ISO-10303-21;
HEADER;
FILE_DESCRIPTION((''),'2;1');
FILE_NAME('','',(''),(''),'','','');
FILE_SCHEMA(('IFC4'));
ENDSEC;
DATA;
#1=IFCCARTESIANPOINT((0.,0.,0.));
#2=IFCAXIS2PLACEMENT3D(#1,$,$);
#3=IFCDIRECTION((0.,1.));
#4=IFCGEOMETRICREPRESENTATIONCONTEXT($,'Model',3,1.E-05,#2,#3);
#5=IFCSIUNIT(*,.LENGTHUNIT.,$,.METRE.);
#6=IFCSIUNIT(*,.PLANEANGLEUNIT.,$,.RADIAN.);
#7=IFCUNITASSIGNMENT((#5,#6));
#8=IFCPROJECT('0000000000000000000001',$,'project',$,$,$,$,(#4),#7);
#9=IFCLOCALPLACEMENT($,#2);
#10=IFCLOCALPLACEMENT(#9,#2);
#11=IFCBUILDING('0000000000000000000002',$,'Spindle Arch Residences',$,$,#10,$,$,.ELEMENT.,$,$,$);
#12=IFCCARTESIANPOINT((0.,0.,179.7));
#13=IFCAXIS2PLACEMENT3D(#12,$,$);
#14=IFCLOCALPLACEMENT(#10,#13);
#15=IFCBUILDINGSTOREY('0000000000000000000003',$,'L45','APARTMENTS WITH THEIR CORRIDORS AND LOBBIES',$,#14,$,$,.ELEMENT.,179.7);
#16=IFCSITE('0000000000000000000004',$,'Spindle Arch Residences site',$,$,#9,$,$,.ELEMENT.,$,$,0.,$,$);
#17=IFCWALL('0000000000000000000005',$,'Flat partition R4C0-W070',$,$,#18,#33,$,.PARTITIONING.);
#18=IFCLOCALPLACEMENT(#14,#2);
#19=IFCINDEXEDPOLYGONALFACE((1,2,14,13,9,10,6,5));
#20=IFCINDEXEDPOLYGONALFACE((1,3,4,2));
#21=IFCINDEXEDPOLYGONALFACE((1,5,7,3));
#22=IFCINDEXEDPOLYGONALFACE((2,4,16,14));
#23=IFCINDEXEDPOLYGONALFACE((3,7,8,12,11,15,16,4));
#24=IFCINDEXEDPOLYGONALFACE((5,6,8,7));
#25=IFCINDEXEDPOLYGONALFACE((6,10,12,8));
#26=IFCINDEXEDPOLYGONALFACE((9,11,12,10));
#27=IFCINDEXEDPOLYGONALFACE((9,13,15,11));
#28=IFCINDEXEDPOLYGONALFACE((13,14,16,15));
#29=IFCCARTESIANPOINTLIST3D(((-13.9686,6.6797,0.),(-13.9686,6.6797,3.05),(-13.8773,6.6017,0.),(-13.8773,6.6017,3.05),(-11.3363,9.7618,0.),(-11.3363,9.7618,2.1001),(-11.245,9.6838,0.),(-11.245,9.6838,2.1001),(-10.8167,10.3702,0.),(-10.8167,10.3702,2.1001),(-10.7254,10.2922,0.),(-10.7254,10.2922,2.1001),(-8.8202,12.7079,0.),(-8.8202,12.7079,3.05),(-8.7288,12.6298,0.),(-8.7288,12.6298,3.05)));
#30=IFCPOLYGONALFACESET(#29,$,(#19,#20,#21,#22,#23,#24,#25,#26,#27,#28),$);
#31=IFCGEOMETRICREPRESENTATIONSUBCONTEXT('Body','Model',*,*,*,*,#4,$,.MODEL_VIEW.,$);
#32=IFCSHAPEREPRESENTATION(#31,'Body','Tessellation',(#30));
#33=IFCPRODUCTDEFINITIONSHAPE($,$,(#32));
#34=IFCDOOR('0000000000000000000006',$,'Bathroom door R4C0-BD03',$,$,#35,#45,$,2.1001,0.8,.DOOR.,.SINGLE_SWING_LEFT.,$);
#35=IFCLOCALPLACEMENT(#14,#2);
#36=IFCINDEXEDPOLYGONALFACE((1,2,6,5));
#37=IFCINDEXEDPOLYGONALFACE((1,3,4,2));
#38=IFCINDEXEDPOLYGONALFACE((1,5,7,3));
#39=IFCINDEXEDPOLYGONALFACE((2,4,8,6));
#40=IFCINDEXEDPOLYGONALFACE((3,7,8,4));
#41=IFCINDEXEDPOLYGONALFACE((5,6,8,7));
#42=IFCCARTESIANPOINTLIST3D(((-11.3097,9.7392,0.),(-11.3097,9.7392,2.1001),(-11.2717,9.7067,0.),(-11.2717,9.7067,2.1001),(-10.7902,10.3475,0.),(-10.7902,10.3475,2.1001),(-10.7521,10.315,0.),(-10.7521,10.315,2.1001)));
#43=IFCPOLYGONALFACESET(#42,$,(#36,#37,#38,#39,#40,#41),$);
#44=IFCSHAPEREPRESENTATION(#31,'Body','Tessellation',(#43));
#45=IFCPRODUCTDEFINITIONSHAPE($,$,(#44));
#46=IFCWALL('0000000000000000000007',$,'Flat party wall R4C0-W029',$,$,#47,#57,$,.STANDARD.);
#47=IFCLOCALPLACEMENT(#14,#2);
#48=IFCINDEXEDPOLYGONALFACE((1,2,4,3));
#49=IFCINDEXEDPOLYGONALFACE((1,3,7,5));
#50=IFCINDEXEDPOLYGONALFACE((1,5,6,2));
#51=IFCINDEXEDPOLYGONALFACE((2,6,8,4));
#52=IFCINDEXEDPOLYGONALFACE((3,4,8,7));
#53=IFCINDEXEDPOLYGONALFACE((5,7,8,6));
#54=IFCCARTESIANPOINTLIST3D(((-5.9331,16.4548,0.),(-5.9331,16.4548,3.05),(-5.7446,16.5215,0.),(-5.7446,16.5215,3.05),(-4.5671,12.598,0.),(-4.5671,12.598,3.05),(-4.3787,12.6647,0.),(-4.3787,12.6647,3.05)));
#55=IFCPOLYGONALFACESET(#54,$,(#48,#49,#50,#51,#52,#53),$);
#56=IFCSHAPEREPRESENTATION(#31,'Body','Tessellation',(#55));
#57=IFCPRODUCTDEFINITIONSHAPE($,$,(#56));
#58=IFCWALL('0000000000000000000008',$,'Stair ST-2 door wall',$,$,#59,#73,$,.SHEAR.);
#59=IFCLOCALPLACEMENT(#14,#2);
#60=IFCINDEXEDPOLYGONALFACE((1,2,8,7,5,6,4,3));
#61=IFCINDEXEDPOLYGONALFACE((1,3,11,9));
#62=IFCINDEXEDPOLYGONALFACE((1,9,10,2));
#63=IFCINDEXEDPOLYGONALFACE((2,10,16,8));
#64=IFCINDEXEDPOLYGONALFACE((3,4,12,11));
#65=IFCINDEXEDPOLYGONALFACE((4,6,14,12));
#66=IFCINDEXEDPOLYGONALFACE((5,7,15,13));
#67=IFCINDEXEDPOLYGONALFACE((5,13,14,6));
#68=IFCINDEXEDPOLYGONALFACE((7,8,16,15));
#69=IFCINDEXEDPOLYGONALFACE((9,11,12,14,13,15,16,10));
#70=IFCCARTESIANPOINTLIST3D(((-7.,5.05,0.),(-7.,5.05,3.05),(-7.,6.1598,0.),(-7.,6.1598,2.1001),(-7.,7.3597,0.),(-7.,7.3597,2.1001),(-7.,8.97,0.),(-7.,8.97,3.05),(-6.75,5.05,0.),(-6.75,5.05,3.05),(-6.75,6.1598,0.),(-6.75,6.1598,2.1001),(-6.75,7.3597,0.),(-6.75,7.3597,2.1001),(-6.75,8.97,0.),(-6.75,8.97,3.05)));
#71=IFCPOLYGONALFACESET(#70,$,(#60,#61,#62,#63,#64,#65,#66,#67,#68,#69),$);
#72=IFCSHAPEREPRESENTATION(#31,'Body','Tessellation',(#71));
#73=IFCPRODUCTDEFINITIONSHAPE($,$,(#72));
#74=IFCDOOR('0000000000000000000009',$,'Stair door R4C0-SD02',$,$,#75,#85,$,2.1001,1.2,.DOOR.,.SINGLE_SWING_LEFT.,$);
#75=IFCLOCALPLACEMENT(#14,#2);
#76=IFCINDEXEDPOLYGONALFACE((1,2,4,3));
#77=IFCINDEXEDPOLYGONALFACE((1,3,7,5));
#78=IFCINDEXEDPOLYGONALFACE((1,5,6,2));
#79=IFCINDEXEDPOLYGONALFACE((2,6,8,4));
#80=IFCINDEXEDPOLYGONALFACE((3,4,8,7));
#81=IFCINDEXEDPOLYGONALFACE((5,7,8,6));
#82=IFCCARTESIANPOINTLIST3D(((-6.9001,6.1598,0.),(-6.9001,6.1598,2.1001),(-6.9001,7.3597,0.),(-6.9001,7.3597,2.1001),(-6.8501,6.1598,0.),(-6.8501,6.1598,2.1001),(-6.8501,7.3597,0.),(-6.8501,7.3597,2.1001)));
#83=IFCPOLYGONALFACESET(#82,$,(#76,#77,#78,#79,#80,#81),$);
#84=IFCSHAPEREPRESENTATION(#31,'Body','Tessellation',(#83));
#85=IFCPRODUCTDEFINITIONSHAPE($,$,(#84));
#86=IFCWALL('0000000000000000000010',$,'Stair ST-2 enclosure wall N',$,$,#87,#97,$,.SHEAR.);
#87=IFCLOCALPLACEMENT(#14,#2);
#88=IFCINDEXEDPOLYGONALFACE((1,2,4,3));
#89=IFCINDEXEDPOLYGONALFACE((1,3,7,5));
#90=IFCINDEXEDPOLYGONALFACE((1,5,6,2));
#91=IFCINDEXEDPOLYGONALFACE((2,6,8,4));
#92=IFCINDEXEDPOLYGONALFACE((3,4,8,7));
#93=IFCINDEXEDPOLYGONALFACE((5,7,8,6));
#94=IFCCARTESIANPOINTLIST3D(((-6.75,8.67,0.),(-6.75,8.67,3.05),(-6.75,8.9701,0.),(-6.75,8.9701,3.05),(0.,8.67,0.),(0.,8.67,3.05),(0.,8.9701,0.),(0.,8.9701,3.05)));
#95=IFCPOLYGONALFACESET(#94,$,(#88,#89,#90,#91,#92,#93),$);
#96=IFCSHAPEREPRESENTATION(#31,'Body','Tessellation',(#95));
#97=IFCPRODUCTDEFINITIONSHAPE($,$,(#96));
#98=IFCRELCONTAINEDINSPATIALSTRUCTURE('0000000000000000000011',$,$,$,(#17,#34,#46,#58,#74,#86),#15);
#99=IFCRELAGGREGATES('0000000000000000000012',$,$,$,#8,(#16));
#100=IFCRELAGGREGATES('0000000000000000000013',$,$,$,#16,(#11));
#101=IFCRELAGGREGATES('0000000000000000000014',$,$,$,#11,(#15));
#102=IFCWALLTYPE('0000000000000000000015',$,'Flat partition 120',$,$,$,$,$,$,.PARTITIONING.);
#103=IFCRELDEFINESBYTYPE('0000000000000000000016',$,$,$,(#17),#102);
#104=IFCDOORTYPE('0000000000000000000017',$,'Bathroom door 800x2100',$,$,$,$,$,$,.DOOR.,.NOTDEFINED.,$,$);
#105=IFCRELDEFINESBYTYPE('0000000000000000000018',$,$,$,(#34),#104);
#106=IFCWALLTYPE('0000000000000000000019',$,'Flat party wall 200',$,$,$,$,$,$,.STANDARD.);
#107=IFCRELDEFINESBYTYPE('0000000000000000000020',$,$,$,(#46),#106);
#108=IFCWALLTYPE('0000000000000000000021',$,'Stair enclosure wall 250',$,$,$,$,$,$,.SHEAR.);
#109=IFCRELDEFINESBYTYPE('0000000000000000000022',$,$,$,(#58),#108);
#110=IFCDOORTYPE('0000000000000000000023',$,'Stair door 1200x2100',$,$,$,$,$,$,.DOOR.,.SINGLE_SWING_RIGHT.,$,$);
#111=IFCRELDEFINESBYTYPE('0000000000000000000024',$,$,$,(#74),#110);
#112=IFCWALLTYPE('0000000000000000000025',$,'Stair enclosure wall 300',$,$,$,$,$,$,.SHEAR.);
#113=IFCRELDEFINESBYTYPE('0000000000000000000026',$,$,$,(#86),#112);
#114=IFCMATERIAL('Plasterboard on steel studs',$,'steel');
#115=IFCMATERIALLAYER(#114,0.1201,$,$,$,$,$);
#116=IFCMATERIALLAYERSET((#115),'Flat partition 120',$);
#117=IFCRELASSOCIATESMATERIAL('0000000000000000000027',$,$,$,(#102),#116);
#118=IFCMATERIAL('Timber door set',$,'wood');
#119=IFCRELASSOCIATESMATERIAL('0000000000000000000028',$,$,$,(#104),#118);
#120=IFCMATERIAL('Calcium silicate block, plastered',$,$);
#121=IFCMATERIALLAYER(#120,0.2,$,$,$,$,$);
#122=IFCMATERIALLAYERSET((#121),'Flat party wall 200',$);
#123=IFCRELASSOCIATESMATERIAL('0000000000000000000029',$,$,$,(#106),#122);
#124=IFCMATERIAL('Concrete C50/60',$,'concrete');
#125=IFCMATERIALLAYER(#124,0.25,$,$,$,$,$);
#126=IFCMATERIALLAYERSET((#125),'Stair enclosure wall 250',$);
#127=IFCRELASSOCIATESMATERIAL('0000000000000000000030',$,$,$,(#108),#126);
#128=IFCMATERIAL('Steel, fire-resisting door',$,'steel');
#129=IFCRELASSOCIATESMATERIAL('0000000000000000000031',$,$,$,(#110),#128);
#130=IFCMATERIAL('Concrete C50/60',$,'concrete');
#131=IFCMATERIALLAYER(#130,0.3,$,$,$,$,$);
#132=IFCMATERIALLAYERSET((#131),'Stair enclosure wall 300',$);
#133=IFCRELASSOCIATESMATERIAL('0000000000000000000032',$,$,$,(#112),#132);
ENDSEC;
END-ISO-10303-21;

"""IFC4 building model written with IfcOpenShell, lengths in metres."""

from ifc_helpers import new_model, si_unit, direction, frame, frame_2d, origin, place, context, subcontext, project, spatial, rectangle, extrude, material, layer, layer_set, type_object, element, fill, save


model = new_model("IFC4")

# Units and contexts
model_context = context("Model", 3, precision=1e-05, world=origin(), true_north=direction((0.0, 1.0)))
body_context = subcontext(model_context, "Body", "Model", "MODEL_VIEW")
ifc_project = project(units=[si_unit("LENGTHUNIT", "METRE"), si_unit("PLANEANGLEUNIT", "RADIAN")], contexts=[model_context])

# Site, building, storey
site_placement = place(None, origin())
site = spatial("IfcSite", under=ifc_project, at=site_placement, Name="Spindle Arch Residences site", CompositionType="ELEMENT", RefElevation=0.0)
building_placement = place(site_placement, origin())
building = spatial("IfcBuilding", under=site, at=building_placement, Name="Spindle Arch Residences", CompositionType="ELEMENT")
storey_placement = place(building_placement, frame((0.0, 0.0, 179.7)))
storey = spatial("IfcBuildingStorey", under=building, at=storey_placement, Name="L45", Description="APARTMENTS WITH THEIR CORRIDORS AND LOBBIES", CompositionType="ELEMENT", Elevation=179.7)

# Shared definitions
ifc_material_1 = material(Name="Plasterboard on steel studs", Category="steel")
ifc_layer_1 = layer(ifc_material_1, 0.1201)
ifc_layer_set_1 = layer_set([ifc_layer_1], Name="Flat partition 120")
wall_type_1 = type_object("IfcWallType", Name="Flat partition 120", PredefinedType="PARTITIONING", material=ifc_layer_set_1)

# Wall, opening, door
wall_1_placement = place(storey_placement, frame((-8.7744, 12.6689, 0.0), z_axis=(0.0, 0.0, 1.0), x_axis=(-0.649446, -0.760408, 0.0)))
wall_1 = element("IfcWall", 1, at=wall_1_placement, inside=storey, type_object=wall_type_1, Name="Flat partition R4C0-W070", PredefinedType="PARTITIONING", context=body_context, shape_type="SweptSolid", body=[
    extrude(rectangle(XDim=7.9275, YDim=0.1201, at=frame_2d((3.9639, 0.0))), origin(), (0.0, 0.0, 1.0), 3.05),
])
opening_1_placement = place(wall_1_placement, frame((3.0745, 0.0, 0.0)))
opening_1 = element("IfcOpeningElement", 2, at=opening_1_placement, cuts=wall_1, PredefinedType="OPENING", context=body_context, shape_type="SweptSolid", body=[
    extrude(rectangle(XDim=0.8, YDim=2.1001, at=frame_2d((0.3999, 1.05))), frame((0.0, 0.0701, 0.0), z_axis=(0.0, -1.0, 0.0), x_axis=(1.0, 0.0, 0.0)), (0.0, 0.0, 1.0), 0.1401),
])
ifc_material_2 = material(Name="Timber door set", Category="wood")
door_type_1 = type_object("IfcDoorType", Name="Bathroom door 800x2100", OperationType="NOTDEFINED", PredefinedType="DOOR", material=ifc_material_2)
door_1_placement = place(opening_1_placement, origin())
door_1 = element("IfcDoor", 3, at=door_1_placement, inside=storey, type_object=door_type_1, Name="Bathroom door R4C0-BD03", OperationType="SINGLE_SWING_LEFT", OverallHeight=2.1001, OverallWidth=0.8, PredefinedType="DOOR", context=body_context, shape_type="SweptSolid", body=[
    extrude(rectangle(XDim=0.8, YDim=2.1001, at=frame_2d((0.3999, 1.05))), frame((0.0, 0.0249, 0.0), z_axis=(0.0, -1.0, 0.0), x_axis=(1.0, 0.0, 0.0)), (0.0, 0.0, 1.0), 0.05),
])
fill(opening_1, door_1)

# Wall
ifc_material_3 = material(Name="Calcium silicate block, plastered")
ifc_layer_2 = layer(ifc_material_3, 0.2)
ifc_layer_set_2 = layer_set([ifc_layer_2], Name="Flat party wall 200")
wall_type_2 = type_object("IfcWallType", Name="Flat party wall 200", PredefinedType="STANDARD", material=ifc_layer_set_2)
wall_2_placement = place(storey_placement, frame((-5.8389, 16.4883, 0.0), z_axis=(0.0, 0.0, 1.0), x_axis=(0.333841, -0.94263, 0.0)))
element("IfcWall", 4, at=wall_2_placement, inside=storey, type_object=wall_type_2, Name="Flat party wall R4C0-W029", PredefinedType="STANDARD", context=body_context, shape_type="SweptSolid", body=[
    extrude(rectangle(XDim=4.0916, YDim=0.2, at=frame_2d((2.0459, 0.0))), origin(), (0.0, 0.0, 1.0), 3.05),
])

# Wall, opening, door
ifc_material_4 = material(Name="Concrete C50/60", Category="concrete")
ifc_layer_3 = layer(ifc_material_4, 0.25)
ifc_layer_set_3 = layer_set([ifc_layer_3], Name="Stair enclosure wall 250")
wall_type_3 = type_object("IfcWallType", Name="Stair enclosure wall 250", PredefinedType="SHEAR", material=ifc_layer_set_3)
wall_3_placement = place(storey_placement, frame((-6.875, 8.97, 0.0), z_axis=(0.0, 0.0, 1.0), x_axis=(0.0, -1.0, 0.0)))
wall_3 = element("IfcWall", 5, at=wall_3_placement, inside=storey, type_object=wall_type_3, Name="Stair ST-2 door wall", PredefinedType="SHEAR", context=body_context, shape_type="SweptSolid", body=[
    extrude(rectangle(XDim=3.9199, YDim=0.25, at=frame_2d((1.96, 0.0))), origin(), (0.0, 0.0, 1.0), 3.05),
])
opening_2_placement = place(wall_3_placement, frame((1.6101, 0.0, 0.0)))
opening_2 = element("IfcOpeningElement", 6, at=opening_2_placement, cuts=wall_3, PredefinedType="OPENING", context=body_context, shape_type="SweptSolid", body=[
    extrude(rectangle(XDim=1.2, YDim=2.1001, at=frame_2d((0.6001, 1.05))), frame((0.0, 0.135, 0.0), z_axis=(0.0, -1.0, 0.0), x_axis=(1.0, 0.0, 0.0)), (0.0, 0.0, 1.0), 0.27),
])
ifc_material_5 = material(Name="Steel, fire-resisting door", Category="steel")
door_type_2 = type_object("IfcDoorType", Name="Stair door 1200x2100", OperationType="SINGLE_SWING_RIGHT", PredefinedType="DOOR", material=ifc_material_5)
door_2_placement = place(opening_2_placement, origin())
door_2 = element("IfcDoor", 7, at=door_2_placement, inside=storey, type_object=door_type_2, Name="Stair door R4C0-SD02", OperationType="SINGLE_SWING_LEFT", OverallHeight=2.1001, OverallWidth=1.2, PredefinedType="DOOR", context=body_context, shape_type="SweptSolid", body=[
    extrude(rectangle(XDim=1.2, YDim=2.1001, at=frame_2d((0.6001, 1.05))), frame((0.0, 0.0249, 0.0), z_axis=(0.0, -1.0, 0.0), x_axis=(1.0, 0.0, 0.0)), (0.0, 0.0, 1.0), 0.05),
])
fill(opening_2, door_2)

# Wall
ifc_material_6 = material(Name="Concrete C50/60", Category="concrete")
ifc_layer_4 = layer(ifc_material_6, 0.3)
ifc_layer_set_4 = layer_set([ifc_layer_4], Name="Stair enclosure wall 300")
wall_type_4 = type_object("IfcWallType", Name="Stair enclosure wall 300", PredefinedType="SHEAR", material=ifc_layer_set_4)
wall_4_placement = place(storey_placement, frame((-6.75, 8.8201, 0.0), z_axis=(0.0, 0.0, 1.0), x_axis=(1.0, 0.0, 0.0)))
element("IfcWall", 8, at=wall_4_placement, inside=storey, type_object=wall_type_4, Name="Stair ST-2 enclosure wall N", PredefinedType="SHEAR", context=body_context, shape_type="SweptSolid", body=[
    extrude(rectangle(XDim=6.75, YDim=0.3, at=frame_2d((3.375, 0.0))), origin(), (0.0, 0.0, 1.0), 3.05),
])

save(model, "model.ifc")
